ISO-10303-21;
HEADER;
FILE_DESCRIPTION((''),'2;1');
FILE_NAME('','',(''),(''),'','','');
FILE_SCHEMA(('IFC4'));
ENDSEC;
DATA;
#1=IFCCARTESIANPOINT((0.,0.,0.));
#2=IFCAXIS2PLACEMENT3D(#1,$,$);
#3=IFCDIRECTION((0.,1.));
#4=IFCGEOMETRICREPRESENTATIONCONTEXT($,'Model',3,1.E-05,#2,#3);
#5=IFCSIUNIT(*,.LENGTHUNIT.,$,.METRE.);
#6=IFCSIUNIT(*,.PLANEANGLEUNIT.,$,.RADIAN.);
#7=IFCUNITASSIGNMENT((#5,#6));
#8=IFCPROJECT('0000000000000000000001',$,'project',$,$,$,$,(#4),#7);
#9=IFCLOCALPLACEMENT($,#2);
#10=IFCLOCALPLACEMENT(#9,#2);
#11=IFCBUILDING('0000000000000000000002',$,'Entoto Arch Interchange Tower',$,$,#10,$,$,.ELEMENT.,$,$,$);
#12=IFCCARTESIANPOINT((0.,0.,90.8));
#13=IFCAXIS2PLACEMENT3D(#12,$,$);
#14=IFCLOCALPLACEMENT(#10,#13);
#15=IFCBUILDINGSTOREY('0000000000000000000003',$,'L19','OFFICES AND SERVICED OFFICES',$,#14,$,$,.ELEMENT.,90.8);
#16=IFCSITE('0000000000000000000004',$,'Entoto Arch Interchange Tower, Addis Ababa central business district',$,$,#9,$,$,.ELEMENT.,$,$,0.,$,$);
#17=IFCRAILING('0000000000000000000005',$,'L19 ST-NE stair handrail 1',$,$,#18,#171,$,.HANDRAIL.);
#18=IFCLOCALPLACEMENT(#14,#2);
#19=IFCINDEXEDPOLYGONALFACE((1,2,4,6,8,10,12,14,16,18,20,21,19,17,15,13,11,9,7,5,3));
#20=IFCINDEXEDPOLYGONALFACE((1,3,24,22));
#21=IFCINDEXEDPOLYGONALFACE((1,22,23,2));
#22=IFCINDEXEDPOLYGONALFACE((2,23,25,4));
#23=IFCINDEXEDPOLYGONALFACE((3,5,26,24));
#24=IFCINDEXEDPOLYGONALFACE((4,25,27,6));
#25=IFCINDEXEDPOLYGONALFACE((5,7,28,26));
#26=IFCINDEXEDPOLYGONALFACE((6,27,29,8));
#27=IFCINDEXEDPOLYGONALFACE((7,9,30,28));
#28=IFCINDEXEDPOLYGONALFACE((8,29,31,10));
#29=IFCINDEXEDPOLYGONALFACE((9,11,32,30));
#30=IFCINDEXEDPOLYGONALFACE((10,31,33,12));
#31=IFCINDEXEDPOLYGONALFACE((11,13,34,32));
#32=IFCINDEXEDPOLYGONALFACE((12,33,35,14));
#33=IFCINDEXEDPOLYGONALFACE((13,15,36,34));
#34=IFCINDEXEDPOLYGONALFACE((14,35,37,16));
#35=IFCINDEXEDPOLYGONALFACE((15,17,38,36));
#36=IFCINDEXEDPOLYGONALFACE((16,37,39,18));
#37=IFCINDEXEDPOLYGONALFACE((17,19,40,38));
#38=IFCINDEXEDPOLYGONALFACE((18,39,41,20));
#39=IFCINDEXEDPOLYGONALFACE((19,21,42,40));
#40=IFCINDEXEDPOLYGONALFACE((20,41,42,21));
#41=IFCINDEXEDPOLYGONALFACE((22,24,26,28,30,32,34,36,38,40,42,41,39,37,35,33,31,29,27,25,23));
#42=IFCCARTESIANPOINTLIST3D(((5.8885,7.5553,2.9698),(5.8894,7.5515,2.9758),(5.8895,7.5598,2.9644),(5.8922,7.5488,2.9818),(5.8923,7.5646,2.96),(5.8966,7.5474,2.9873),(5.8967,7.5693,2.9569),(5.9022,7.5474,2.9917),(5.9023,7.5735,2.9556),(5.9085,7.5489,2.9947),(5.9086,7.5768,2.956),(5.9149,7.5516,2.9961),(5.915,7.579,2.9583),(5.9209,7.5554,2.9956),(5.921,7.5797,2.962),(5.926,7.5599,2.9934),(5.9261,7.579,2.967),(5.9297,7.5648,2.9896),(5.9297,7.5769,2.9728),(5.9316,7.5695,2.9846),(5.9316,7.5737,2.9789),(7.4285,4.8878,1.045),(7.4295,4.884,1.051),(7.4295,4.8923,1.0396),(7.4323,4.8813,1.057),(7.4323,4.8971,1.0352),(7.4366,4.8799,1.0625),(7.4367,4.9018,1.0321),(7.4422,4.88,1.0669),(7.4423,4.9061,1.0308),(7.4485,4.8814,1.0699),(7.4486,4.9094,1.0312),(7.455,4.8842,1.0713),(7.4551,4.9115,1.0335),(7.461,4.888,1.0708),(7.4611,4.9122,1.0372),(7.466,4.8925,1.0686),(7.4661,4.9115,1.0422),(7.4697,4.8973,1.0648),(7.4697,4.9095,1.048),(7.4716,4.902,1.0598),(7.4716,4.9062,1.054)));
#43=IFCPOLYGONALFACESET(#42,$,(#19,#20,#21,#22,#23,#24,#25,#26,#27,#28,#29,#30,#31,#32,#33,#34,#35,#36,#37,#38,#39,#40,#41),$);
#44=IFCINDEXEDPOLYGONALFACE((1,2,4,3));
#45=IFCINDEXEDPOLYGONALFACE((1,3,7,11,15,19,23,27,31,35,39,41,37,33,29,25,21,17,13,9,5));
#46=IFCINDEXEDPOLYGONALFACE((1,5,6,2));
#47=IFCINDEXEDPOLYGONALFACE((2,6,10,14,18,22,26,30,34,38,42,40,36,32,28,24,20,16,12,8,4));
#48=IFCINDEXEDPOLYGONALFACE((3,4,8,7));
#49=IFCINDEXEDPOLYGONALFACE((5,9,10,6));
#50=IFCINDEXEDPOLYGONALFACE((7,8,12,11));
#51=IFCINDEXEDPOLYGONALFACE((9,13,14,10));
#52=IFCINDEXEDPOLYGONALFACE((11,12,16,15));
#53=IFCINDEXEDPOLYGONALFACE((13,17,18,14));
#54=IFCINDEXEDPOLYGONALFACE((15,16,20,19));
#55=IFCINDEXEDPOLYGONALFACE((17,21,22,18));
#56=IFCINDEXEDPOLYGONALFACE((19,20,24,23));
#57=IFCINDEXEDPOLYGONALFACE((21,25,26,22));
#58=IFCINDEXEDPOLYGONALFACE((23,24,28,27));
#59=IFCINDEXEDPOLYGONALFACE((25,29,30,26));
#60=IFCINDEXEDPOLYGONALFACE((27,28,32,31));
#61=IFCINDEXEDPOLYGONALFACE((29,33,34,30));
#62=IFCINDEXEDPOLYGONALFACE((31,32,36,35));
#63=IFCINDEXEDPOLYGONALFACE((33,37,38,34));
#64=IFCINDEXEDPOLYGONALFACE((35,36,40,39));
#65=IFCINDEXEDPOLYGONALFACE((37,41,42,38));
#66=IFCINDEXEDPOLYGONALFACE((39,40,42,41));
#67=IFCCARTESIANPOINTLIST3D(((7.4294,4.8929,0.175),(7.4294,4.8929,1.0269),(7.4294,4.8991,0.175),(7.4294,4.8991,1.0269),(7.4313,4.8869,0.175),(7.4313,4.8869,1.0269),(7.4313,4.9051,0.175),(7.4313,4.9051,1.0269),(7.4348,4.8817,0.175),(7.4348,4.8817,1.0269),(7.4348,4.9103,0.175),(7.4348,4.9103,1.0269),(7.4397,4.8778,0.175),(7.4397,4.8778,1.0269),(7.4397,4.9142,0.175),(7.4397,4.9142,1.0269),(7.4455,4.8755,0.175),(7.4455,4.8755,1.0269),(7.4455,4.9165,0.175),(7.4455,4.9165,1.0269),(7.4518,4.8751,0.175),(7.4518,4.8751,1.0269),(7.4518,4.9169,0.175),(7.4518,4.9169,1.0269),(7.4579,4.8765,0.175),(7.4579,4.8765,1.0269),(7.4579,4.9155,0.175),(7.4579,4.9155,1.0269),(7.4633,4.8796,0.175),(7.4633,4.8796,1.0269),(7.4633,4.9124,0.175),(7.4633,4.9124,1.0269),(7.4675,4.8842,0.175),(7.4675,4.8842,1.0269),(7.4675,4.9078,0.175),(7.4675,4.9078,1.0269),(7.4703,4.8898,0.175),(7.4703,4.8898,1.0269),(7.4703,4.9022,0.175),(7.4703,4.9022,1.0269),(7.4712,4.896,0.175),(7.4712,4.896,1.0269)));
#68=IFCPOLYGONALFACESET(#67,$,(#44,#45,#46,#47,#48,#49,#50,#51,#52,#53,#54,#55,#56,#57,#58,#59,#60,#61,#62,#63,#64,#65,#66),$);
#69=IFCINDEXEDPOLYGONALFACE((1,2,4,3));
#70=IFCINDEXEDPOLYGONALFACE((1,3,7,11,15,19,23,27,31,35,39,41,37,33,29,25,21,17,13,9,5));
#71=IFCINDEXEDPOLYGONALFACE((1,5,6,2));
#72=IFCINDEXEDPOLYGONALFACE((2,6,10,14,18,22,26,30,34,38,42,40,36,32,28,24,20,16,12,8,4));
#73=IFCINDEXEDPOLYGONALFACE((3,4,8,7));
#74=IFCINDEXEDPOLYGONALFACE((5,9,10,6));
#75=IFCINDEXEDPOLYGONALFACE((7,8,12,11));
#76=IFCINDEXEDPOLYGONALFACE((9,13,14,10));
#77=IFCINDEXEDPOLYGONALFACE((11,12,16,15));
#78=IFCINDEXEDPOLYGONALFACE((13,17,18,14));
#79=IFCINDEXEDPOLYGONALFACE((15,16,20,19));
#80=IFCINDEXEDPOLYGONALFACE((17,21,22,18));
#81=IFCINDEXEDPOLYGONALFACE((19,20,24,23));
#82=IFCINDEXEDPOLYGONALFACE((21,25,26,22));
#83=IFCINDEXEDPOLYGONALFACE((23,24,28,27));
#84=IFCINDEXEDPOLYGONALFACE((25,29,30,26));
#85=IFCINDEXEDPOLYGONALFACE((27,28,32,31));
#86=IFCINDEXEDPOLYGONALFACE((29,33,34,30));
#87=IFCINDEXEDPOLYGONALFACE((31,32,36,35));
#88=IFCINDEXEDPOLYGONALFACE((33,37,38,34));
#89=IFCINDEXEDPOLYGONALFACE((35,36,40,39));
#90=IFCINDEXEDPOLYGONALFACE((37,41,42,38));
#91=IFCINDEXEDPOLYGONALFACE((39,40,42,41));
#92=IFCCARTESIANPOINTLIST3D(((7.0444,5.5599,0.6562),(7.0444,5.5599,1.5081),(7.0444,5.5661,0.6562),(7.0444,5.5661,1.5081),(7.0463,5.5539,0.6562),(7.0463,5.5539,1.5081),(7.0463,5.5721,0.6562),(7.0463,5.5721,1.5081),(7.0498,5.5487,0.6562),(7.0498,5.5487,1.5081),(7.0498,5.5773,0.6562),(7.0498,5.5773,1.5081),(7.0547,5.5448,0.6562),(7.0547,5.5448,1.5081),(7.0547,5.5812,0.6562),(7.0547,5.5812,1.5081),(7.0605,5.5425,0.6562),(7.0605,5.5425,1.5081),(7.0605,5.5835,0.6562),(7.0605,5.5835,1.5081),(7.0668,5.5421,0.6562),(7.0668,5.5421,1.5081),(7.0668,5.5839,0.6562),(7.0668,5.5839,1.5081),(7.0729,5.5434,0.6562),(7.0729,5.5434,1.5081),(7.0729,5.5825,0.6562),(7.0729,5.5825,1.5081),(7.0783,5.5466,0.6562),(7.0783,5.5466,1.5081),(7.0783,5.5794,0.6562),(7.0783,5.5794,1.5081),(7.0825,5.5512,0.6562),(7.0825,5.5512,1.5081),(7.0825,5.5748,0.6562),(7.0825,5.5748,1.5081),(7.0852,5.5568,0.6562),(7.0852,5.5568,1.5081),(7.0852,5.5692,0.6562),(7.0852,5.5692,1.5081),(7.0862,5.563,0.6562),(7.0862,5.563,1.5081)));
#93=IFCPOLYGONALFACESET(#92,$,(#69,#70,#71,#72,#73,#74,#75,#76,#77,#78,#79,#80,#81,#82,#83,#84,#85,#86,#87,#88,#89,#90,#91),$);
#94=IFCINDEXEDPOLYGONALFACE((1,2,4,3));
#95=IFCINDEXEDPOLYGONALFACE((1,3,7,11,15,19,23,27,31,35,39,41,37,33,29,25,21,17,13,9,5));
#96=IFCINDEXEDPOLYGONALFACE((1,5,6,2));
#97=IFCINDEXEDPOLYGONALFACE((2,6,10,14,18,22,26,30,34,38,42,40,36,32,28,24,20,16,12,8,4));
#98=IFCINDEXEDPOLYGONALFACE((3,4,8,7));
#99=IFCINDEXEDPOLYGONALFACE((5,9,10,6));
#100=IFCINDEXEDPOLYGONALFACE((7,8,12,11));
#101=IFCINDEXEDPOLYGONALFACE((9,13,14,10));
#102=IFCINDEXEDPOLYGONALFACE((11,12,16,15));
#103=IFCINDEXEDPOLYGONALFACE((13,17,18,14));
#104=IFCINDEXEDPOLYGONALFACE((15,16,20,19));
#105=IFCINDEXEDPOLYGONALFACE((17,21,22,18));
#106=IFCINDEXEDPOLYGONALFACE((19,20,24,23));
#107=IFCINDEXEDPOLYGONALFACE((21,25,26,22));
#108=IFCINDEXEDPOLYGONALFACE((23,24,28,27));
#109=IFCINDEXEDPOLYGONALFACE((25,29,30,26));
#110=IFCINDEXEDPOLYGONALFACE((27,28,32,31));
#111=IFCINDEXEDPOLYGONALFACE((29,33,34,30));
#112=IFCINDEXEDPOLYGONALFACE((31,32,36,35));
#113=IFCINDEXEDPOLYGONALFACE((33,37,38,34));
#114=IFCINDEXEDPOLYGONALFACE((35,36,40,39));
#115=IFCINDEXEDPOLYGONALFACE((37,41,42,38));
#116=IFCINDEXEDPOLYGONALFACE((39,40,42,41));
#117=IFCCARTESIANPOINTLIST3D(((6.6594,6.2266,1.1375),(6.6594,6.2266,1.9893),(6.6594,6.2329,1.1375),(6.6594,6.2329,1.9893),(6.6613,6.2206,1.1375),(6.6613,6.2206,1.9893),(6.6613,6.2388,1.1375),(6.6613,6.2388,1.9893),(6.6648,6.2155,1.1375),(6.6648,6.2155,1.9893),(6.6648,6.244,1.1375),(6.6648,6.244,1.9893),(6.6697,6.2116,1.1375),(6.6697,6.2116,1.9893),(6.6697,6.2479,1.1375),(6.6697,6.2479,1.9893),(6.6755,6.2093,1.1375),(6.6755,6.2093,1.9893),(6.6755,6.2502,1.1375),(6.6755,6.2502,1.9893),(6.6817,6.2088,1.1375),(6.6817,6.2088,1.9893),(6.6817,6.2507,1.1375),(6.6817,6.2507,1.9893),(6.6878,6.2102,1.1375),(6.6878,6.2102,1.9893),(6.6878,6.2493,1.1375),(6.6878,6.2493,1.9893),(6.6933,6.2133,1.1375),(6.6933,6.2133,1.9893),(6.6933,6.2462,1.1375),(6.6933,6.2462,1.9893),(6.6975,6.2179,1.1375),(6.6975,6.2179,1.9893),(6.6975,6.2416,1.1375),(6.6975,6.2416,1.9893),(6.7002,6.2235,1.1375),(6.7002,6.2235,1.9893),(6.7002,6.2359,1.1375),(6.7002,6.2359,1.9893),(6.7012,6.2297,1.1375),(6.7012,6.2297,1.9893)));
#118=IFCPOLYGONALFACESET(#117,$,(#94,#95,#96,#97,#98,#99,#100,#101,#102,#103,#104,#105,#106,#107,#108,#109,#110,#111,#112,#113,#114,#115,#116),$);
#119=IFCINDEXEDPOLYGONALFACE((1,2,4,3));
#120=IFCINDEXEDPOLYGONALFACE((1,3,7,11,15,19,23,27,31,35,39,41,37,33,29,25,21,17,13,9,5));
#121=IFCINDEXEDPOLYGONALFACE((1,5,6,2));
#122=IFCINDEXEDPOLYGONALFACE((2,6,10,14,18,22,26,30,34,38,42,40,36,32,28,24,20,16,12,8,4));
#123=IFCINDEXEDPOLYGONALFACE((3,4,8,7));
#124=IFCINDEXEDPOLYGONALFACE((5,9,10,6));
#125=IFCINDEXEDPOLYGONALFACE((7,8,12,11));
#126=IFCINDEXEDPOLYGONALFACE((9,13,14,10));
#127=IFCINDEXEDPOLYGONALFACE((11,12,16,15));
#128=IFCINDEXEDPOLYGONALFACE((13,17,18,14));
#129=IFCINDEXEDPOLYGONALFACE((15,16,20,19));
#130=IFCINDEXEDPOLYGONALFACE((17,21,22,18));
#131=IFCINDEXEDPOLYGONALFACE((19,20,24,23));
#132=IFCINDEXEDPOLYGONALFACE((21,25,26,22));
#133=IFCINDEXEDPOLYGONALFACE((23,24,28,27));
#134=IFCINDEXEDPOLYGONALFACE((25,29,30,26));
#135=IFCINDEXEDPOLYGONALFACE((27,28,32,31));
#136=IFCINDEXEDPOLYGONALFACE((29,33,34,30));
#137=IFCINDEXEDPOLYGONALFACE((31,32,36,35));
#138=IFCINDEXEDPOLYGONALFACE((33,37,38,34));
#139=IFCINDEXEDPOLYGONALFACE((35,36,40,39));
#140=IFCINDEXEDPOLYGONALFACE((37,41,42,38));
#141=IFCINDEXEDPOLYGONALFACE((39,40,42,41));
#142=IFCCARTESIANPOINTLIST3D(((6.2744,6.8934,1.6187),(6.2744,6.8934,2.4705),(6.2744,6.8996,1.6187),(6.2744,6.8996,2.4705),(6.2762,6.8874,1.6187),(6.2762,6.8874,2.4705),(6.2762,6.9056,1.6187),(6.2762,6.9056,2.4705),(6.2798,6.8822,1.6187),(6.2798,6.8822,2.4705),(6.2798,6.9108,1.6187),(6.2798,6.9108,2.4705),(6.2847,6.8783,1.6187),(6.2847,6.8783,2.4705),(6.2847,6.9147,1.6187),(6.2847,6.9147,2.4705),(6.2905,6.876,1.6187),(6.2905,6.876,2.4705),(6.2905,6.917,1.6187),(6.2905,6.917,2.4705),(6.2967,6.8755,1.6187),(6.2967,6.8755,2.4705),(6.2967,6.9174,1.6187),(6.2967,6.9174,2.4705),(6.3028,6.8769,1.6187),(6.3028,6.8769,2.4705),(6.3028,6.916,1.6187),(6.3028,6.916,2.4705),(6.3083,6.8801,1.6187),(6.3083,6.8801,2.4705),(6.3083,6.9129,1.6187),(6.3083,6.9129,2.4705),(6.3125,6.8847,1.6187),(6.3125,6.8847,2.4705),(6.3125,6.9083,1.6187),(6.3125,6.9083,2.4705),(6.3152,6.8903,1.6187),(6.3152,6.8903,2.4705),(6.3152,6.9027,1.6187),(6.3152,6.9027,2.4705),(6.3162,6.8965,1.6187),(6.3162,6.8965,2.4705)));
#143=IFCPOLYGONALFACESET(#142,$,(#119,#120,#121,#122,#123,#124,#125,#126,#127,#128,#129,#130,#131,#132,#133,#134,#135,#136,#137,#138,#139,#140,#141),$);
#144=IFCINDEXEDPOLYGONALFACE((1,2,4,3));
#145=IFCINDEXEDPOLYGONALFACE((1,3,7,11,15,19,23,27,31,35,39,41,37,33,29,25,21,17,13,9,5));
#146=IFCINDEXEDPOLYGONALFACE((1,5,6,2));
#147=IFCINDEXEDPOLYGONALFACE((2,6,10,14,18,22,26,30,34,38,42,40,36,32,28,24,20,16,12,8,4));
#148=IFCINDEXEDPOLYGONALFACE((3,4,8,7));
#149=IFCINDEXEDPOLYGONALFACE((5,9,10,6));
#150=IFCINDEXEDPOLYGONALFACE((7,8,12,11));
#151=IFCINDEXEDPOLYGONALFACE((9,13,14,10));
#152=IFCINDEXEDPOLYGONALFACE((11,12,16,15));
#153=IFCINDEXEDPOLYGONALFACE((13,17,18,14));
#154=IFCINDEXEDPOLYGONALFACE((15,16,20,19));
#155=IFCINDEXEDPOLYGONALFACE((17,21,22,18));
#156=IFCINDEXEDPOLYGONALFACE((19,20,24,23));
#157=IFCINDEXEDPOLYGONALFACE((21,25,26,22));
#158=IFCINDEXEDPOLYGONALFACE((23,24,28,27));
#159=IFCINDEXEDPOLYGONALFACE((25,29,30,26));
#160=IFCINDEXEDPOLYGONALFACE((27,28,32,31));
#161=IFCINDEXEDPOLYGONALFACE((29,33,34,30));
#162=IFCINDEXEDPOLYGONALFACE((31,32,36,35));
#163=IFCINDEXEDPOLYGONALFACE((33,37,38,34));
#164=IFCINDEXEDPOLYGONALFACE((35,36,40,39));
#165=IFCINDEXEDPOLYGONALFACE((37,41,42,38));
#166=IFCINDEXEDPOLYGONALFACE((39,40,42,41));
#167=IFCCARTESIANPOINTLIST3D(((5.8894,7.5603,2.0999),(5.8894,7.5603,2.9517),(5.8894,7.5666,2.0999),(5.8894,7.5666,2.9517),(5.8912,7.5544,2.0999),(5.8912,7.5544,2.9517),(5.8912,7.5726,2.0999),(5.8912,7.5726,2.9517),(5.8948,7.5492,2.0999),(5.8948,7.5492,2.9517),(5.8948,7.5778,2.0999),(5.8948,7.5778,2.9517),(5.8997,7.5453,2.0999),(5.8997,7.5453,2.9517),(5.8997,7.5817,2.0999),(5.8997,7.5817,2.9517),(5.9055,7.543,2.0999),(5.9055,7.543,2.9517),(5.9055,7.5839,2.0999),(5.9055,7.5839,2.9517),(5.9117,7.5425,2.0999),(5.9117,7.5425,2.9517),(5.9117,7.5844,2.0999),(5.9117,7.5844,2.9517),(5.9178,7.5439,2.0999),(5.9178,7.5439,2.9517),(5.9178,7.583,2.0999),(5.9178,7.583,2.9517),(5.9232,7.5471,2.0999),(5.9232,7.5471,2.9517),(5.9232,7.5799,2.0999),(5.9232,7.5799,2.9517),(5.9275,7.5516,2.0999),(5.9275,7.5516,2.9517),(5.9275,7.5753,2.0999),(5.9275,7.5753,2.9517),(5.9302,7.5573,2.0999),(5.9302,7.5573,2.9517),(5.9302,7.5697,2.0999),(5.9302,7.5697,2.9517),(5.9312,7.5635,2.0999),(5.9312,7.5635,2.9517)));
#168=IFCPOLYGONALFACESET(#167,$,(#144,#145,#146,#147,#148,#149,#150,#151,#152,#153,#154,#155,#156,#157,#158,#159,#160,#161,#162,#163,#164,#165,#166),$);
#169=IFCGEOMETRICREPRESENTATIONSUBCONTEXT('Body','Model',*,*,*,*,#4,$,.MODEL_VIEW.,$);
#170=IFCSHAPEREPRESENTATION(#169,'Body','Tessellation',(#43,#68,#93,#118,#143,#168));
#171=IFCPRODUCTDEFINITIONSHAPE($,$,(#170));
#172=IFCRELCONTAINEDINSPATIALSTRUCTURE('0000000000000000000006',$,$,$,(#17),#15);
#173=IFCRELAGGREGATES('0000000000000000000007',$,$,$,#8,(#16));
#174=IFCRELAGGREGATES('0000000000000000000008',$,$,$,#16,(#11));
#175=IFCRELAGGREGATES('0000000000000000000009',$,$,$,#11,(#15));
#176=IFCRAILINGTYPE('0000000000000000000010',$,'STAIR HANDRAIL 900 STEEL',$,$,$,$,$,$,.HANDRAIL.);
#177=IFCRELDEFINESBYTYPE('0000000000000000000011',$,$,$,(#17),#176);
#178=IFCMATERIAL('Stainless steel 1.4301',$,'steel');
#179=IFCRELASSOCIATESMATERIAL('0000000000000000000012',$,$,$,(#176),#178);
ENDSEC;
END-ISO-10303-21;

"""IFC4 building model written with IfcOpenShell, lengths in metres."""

from ifc_helpers import new_model, si_unit, direction, frame, origin, origin_2d, place, context, subcontext, project, spatial, circle, extrude, material, type_object, element, save


model = new_model("IFC4")

# Units and contexts
model_context = context("Model", 3, precision=1e-05, world=origin(), true_north=direction((0.0, 1.0)))
body_context = subcontext(model_context, "Body", "Model", "MODEL_VIEW")
ifc_project = project(units=[si_unit("LENGTHUNIT", "METRE"), si_unit("PLANEANGLEUNIT", "RADIAN")], contexts=[model_context])

# Site, building, storey
site_placement = place(None, origin())
site = spatial("IfcSite", under=ifc_project, at=site_placement, Name="Entoto Arch Interchange Tower, Addis Ababa central business district", CompositionType="ELEMENT", RefElevation=0.0)
building_placement = place(site_placement, origin())
building = spatial("IfcBuilding", under=site, at=building_placement, Name="Entoto Arch Interchange Tower", CompositionType="ELEMENT")
storey_placement = place(building_placement, frame((0.0, 0.0, 90.8)))
storey = spatial("IfcBuildingStorey", under=building, at=storey_placement, Name="L19", Description="OFFICES AND SERVICED OFFICES", CompositionType="ELEMENT", Elevation=90.8)

# Railing
ifc_material_1 = material(Name="Stainless steel 1.4301", Category="steel")
railing_type_1 = type_object("IfcRailingType", Name="STAIR HANDRAIL 900 STEEL", PredefinedType="HANDRAIL", material=ifc_material_1)
railing_1_placement = place(storey_placement, frame((7.4502, 4.896, 0.175)))
element("IfcRailing", 1, at=railing_1_placement, inside=storey, type_object=railing_type_1, Name="L19 ST-NE stair handrail 1", PredefinedType="HANDRAIL", context=body_context, shape_type="SweptSolid", body=[
    extrude(circle(Radius=0.0239, at=origin_2d()), frame((0.0, 0.0, 0.876), z_axis=(-0.42401, 0.734421, 0.529945), x_axis=(-0.86603, -0.499992, 0.0)), (0.0, 0.0, 1.0), 3.6321),
    extrude(circle(Radius=0.021, at=origin_2d()), origin(), (0.0, 0.0, 1.0), 0.8518),
    extrude(circle(Radius=0.021, at=origin_2d()), frame((-0.385, 0.667, 0.4812)), (0.0, 0.0, 1.0), 0.8518),
    extrude(circle(Radius=0.021, at=origin_2d()), frame((-0.77, 1.3337, 0.9624)), (0.0, 0.0, 1.0), 0.8518),
    extrude(circle(Radius=0.021, at=origin_2d()), frame((-1.155, 2.0005, 1.4436)), (0.0, 0.0, 1.0), 0.8518),
    extrude(circle(Radius=0.021, at=origin_2d()), frame((-1.54, 2.6675, 1.9248)), (0.0, 0.0, 1.0), 0.8518),
])

save(model, "model.ifc")
